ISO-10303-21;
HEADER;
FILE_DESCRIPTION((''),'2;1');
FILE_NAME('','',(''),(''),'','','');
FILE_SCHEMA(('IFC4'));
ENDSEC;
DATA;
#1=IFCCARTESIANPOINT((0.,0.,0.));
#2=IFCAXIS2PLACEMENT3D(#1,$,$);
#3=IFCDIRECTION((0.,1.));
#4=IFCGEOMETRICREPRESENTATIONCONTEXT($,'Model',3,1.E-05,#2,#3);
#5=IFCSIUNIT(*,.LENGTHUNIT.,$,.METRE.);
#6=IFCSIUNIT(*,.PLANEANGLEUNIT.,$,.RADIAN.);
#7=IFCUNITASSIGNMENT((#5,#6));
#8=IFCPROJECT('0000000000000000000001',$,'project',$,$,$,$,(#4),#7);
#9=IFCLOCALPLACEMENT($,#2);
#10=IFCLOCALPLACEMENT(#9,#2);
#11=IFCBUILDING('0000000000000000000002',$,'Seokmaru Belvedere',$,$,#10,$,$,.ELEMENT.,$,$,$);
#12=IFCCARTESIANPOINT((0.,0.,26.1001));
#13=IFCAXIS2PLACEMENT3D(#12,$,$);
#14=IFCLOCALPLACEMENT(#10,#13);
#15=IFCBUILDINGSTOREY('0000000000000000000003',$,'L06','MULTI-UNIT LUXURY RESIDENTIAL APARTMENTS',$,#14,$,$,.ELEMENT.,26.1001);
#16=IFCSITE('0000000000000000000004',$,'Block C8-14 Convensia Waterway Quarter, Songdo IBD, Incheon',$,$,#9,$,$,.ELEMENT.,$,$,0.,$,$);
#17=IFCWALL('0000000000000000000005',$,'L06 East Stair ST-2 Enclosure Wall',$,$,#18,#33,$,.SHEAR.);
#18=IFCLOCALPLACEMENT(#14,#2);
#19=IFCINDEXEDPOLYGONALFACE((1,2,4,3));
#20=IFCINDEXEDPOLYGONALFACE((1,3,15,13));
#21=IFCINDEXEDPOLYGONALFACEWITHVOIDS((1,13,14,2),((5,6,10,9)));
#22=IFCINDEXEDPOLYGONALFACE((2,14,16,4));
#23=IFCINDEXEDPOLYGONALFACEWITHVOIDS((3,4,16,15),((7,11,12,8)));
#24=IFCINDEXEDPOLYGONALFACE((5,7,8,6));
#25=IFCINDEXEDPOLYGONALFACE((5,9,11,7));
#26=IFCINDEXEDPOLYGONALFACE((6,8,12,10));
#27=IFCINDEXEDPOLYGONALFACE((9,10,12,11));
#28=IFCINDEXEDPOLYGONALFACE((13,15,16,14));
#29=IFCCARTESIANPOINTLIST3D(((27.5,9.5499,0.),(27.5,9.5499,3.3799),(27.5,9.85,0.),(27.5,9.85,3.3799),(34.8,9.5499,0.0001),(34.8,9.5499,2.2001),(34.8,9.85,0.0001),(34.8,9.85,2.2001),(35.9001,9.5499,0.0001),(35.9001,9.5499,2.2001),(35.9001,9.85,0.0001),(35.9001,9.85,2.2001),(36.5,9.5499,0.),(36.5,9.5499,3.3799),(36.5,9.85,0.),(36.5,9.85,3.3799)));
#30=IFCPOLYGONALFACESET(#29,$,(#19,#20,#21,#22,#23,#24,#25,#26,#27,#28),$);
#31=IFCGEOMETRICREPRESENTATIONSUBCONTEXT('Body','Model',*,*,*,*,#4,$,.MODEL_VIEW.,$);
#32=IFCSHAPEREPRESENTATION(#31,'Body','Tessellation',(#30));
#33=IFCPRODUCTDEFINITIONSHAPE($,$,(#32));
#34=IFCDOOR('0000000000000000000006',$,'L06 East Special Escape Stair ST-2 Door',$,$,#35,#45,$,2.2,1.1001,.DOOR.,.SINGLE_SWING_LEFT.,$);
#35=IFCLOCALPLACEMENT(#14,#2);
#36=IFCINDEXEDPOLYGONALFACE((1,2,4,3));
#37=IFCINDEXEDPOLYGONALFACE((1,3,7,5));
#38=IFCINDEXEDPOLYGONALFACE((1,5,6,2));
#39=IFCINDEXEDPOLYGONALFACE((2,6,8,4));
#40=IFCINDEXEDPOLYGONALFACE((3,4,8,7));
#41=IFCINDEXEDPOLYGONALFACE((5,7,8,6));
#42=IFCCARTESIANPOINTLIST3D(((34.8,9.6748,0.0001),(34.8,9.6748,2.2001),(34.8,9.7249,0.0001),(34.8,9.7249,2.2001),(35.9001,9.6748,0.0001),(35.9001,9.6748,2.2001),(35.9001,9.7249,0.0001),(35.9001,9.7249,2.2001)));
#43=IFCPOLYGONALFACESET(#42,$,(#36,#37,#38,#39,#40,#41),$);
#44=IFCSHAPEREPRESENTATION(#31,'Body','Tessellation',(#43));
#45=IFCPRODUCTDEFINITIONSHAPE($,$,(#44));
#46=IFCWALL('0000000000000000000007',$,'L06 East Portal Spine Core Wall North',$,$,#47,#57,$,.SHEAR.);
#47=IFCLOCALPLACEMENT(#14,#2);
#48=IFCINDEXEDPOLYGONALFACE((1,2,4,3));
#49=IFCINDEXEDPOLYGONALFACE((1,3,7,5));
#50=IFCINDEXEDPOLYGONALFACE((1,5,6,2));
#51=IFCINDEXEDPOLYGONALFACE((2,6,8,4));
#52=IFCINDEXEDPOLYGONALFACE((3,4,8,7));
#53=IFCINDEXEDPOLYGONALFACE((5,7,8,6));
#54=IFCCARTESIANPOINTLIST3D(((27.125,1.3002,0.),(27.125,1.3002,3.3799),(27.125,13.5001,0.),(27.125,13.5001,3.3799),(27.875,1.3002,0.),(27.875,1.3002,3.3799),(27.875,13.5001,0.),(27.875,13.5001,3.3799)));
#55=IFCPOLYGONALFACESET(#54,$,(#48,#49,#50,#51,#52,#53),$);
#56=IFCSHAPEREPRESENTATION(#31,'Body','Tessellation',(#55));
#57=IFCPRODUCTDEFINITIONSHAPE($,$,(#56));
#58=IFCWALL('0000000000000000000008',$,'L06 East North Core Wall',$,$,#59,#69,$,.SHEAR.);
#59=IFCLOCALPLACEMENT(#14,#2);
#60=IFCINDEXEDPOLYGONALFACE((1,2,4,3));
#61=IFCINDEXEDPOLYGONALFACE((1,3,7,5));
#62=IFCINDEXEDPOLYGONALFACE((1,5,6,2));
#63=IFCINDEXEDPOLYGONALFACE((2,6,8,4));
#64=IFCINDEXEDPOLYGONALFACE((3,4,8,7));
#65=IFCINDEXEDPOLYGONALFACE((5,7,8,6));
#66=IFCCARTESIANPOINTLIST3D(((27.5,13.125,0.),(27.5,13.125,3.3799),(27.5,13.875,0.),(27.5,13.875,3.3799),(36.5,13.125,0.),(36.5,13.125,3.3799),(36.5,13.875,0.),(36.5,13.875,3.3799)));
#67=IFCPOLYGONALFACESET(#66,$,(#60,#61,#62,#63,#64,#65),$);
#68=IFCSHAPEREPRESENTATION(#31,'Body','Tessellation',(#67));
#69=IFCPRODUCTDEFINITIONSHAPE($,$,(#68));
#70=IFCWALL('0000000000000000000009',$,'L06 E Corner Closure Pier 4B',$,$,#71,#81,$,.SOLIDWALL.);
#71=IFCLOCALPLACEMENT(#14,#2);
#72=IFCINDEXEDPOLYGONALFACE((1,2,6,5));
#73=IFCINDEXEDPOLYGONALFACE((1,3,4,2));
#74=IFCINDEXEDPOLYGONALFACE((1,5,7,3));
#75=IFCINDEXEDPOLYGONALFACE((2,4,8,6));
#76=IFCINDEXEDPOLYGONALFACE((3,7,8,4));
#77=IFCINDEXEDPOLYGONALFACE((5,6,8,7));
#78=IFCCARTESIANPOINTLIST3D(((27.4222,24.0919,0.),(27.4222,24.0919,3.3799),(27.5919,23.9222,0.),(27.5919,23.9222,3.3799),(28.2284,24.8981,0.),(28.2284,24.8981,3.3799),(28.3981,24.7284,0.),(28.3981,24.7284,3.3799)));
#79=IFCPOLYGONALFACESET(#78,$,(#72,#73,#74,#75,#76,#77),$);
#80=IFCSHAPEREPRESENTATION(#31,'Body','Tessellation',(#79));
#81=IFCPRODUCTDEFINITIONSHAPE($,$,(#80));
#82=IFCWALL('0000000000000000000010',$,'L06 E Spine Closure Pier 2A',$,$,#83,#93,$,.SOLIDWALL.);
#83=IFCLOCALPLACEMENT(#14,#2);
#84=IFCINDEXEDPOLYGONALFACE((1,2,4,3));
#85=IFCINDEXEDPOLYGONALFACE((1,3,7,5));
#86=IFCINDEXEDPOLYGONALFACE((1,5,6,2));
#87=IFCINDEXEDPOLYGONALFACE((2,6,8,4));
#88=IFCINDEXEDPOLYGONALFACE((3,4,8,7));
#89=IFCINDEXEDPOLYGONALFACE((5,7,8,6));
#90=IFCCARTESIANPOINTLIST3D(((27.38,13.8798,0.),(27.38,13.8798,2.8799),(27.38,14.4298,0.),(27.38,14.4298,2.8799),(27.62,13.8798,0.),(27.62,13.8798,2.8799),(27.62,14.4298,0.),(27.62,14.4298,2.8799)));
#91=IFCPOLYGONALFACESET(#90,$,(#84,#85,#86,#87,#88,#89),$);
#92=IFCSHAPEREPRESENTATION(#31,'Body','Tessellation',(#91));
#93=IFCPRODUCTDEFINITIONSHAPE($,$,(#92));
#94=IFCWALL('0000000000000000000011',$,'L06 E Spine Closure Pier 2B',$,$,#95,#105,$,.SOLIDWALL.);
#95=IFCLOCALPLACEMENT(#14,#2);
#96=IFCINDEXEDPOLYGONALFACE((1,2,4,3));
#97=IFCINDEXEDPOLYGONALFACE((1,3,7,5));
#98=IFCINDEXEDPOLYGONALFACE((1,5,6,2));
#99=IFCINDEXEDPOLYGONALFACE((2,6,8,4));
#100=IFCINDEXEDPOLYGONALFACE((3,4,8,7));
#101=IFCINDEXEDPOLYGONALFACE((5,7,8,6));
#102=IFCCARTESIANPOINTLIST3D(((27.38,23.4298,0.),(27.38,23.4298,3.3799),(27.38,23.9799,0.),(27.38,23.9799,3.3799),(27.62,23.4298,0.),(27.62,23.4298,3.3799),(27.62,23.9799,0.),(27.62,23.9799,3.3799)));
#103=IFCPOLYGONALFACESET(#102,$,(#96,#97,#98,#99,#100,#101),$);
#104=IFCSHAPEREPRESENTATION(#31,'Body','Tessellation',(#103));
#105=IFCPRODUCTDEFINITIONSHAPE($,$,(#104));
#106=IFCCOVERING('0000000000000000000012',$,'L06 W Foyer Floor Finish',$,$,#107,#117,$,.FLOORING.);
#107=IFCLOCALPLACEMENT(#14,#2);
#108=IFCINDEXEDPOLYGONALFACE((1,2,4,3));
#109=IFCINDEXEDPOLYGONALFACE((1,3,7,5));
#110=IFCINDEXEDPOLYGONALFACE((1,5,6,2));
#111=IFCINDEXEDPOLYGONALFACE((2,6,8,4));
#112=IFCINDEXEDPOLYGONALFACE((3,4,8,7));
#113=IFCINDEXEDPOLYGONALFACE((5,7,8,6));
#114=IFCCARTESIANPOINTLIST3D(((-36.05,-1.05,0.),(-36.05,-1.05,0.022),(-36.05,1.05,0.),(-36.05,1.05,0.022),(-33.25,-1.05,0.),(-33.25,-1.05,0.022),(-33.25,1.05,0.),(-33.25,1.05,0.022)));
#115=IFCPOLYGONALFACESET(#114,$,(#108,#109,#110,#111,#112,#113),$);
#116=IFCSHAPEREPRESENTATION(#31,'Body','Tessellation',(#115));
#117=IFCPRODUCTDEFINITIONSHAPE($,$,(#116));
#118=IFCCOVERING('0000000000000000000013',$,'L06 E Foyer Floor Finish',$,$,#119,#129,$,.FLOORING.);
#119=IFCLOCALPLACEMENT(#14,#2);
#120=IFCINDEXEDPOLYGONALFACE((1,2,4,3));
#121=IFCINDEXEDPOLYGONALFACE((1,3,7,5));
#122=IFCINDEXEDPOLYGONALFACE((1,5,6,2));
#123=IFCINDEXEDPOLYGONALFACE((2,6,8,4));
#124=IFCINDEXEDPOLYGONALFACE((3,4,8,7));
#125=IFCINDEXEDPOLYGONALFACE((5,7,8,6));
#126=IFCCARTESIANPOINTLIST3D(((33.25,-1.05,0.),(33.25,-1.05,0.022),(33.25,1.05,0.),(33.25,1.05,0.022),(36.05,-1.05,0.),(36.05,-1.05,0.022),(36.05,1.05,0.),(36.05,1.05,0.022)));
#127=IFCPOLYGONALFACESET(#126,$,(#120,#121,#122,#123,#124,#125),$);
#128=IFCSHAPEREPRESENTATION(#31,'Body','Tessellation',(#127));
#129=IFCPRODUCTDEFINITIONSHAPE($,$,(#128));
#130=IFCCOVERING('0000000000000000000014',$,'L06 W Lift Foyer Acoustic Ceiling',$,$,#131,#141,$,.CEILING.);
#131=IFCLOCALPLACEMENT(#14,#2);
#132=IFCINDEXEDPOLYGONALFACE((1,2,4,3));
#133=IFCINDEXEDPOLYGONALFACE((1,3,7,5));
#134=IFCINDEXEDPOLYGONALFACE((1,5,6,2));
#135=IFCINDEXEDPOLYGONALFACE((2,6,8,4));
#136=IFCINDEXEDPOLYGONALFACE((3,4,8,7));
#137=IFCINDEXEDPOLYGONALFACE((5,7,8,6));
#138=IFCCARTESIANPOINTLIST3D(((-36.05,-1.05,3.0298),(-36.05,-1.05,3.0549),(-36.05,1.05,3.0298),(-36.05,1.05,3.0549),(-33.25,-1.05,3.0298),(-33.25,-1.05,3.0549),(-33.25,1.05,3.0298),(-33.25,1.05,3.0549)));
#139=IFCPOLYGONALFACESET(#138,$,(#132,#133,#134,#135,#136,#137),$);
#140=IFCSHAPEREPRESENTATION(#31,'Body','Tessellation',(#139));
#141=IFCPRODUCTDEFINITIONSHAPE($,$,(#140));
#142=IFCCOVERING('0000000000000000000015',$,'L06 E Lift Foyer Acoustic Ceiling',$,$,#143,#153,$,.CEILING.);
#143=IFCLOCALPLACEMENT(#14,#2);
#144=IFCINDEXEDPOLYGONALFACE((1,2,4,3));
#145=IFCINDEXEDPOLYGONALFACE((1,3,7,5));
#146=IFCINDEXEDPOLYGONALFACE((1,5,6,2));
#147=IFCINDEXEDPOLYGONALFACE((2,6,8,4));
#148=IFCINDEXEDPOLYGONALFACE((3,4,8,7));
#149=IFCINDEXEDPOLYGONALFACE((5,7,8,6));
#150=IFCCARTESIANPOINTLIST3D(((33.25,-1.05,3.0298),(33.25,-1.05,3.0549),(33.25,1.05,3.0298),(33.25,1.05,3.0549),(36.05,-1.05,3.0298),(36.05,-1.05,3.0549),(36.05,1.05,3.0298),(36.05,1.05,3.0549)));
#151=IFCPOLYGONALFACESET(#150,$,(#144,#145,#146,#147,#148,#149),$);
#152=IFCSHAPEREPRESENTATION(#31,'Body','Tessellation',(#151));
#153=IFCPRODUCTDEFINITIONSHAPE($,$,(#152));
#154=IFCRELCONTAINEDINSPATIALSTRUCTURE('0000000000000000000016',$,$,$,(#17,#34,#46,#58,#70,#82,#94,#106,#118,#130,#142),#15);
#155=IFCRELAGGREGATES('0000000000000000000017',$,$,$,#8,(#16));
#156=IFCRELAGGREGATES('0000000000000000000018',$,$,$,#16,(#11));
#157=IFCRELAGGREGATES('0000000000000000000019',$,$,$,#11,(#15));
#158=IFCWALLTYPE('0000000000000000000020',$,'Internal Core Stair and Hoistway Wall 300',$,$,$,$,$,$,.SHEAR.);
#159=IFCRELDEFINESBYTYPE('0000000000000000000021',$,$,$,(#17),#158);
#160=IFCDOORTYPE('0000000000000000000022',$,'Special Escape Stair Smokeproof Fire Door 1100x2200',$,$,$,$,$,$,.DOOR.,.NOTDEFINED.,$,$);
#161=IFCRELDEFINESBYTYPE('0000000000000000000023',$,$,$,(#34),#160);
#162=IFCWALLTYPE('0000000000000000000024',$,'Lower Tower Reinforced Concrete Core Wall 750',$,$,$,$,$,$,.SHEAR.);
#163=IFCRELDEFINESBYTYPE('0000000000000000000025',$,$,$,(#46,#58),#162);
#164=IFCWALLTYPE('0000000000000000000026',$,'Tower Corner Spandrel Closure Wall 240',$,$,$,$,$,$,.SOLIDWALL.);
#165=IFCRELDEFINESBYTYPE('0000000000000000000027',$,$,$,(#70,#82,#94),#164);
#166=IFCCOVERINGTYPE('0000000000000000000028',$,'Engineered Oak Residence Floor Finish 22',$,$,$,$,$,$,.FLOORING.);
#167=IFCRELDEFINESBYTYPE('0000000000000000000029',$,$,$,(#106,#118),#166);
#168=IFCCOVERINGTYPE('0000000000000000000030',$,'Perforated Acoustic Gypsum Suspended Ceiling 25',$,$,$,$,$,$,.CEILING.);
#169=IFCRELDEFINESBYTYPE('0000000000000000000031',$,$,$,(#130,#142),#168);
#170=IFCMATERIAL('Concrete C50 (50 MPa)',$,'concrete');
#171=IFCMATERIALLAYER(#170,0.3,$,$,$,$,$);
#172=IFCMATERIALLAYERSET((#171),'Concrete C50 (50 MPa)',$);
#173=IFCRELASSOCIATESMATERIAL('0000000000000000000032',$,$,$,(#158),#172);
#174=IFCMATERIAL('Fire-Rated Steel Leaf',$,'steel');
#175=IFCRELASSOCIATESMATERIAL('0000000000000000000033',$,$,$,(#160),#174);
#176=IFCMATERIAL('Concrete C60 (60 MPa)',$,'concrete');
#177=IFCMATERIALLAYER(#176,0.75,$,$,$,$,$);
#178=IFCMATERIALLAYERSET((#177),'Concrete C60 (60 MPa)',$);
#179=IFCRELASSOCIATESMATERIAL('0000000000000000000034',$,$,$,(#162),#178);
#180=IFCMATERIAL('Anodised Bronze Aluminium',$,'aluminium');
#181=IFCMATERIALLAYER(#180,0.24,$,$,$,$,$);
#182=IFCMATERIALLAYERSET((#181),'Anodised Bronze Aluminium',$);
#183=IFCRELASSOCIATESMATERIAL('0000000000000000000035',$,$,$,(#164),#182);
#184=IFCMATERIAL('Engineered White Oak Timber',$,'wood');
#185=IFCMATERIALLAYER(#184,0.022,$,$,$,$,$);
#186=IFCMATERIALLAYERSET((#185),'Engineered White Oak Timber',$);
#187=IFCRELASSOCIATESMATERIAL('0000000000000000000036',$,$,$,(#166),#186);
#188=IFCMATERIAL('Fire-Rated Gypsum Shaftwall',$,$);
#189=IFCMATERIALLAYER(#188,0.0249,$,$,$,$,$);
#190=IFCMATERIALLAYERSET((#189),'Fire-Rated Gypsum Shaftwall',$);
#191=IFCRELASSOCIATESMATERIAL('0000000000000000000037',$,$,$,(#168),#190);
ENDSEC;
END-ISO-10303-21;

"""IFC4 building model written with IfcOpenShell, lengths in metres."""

from ifc_helpers import new_model, si_unit, direction, frame, frame_2d, origin, place, context, subcontext, project, spatial, polyline, rectangle, outline, extrude, source, transform, mapped, material, layer, layer_set, type_object, type_shapes, element, fill, save


model = new_model("IFC4")

# Units and contexts
model_context = context("Model", 3, precision=1e-05, world=origin(), true_north=direction((0.0, 1.0)))
body_context = subcontext(model_context, "Body", "Model", "MODEL_VIEW")
ifc_project = project(units=[si_unit("LENGTHUNIT", "METRE"), si_unit("PLANEANGLEUNIT", "RADIAN")], contexts=[model_context])

# Site, building, storey
site_placement = place(None, origin())
site = spatial("IfcSite", under=ifc_project, at=site_placement, Name="Block C8-14 Convensia Waterway Quarter, Songdo IBD, Incheon", CompositionType="ELEMENT", RefElevation=0.0)
building_placement = place(site_placement, origin())
building = spatial("IfcBuilding", under=site, at=building_placement, Name="Seokmaru Belvedere", CompositionType="ELEMENT")
storey_placement = place(building_placement, frame((0.0, 0.0, 26.1001)))
storey = spatial("IfcBuildingStorey", under=building, at=storey_placement, Name="L06", Description="MULTI-UNIT LUXURY RESIDENTIAL APARTMENTS", CompositionType="ELEMENT", Elevation=26.1001)

# Shared definitions
ifc_material_1 = material(Name="Anodised Bronze Aluminium", Category="aluminium")

# Shared definitions
ifc_material_2 = material(Name="Fire-Rated Gypsum Shaftwall")

# Shared definitions
ifc_material_3 = material(Name="Concrete C50 (50 MPa)", Category="concrete")

# Wall, opening, door
ifc_layer_1 = layer(ifc_material_3, 0.3)
ifc_layer_set_1 = layer_set([ifc_layer_1], Name="Concrete C50 (50 MPa)")
wall_type_1 = type_object("IfcWallType", Name="Internal Core Stair and Hoistway Wall 300", PredefinedType="SHEAR", material=ifc_layer_set_1)
wall_1_placement = place(storey_placement, frame((27.5, 9.7, 0.0), z_axis=(0.0, 0.0, 1.0), x_axis=(1.0, 0.0, 0.0)))
wall_1 = element("IfcWall", 1, at=wall_1_placement, inside=storey, type_object=wall_type_1, Name="L06 East Stair ST-2 Enclosure Wall", PredefinedType="SHEAR", context=body_context, shape_type="SweptSolid", body=[
    extrude(rectangle(XDim=9.0, YDim=0.3, at=frame_2d((4.5, 0.0))), origin(), (0.0, 0.0, 1.0), 3.3799),
])
opening_1_placement = place(wall_1_placement, frame((7.3, 0.0, 0.0)))
opening_1 = element("IfcOpeningElement", 2, at=opening_1_placement, cuts=wall_1, PredefinedType="OPENING", context=body_context, shape_type="SweptSolid", body=[
    extrude(rectangle(XDim=1.1001, YDim=2.2, at=frame_2d((0.55, 1.1001))), frame((0.0, 0.1602, 0.0), z_axis=(0.0, -1.0, 0.0), x_axis=(1.0, 0.0, 0.0)), (0.0, 0.0, 1.0), 0.3201),
])
ifc_material_4 = material(Name="Fire-Rated Steel Leaf", Category="steel")
door_type = type_object("IfcDoorType", Name="Special Escape Stair Smokeproof Fire Door 1100x2200", OperationType="NOTDEFINED", PredefinedType="DOOR", material=ifc_material_4)
shared_shape_1 = source(origin(), body_context, "Body", "SweptSolid", [
    extrude(rectangle(XDim=1.1001, YDim=2.2, at=frame_2d((0.55, 1.1001))), frame((0.0, 0.0249, 0.0), z_axis=(0.0, -1.0, 0.0), x_axis=(1.0, 0.0, 0.0)), (0.0, 0.0, 1.0), 0.05),
])
type_shapes(door_type, [shared_shape_1])
door_placement = place(opening_1_placement, origin())
door = element("IfcDoor", 3, at=door_placement, inside=storey, type_object=door_type, Name="L06 East Special Escape Stair ST-2 Door", OperationType="SINGLE_SWING_LEFT", OverallHeight=2.2, OverallWidth=1.1001, PredefinedType="DOOR", context=body_context, shape_type="MappedRepresentation", body=[
    mapped(shared_shape_1, transform((0.0, 0.0, 0.0), scale=1.0)),
])
fill(opening_1, door)

# Walls
ifc_material_5 = material(Name="Concrete C60 (60 MPa)", Category="concrete")
ifc_layer_2 = layer(ifc_material_5, 0.75)
ifc_layer_set_2 = layer_set([ifc_layer_2], Name="Concrete C60 (60 MPa)")
wall_type_2 = type_object("IfcWallType", Name="Lower Tower Reinforced Concrete Core Wall 750", PredefinedType="SHEAR", material=ifc_layer_set_2)
wall_2_placement = place(storey_placement, frame((27.5, 1.3, 0.0), z_axis=(0.0, 0.0, 1.0), x_axis=(0.0, 1.0, 0.0)))
element("IfcWall", 4, at=wall_2_placement, inside=storey, type_object=wall_type_2, Name="L06 East Portal Spine Core Wall North", PredefinedType="SHEAR", context=body_context, shape_type="SweptSolid", body=[
    extrude(rectangle(XDim=12.2, YDim=0.75, at=frame_2d((6.1001, 0.0))), origin(), (0.0, 0.0, 1.0), 3.3799),
])
wall_3_placement = place(storey_placement, frame((27.5, 13.5, 0.0), z_axis=(0.0, 0.0, 1.0), x_axis=(1.0, 0.0, 0.0)))
element("IfcWall", 5, at=wall_3_placement, inside=storey, type_object=wall_type_2, Name="L06 East North Core Wall", PredefinedType="SHEAR", context=body_context, shape_type="SweptSolid", body=[
    extrude(rectangle(XDim=9.0, YDim=0.75, at=frame_2d((4.5, 0.0))), origin(), (0.0, 0.0, 1.0), 3.3799),
])
ifc_layer_3 = layer(ifc_material_1, 0.24)
ifc_layer_set_3 = layer_set([ifc_layer_3], Name="Anodised Bronze Aluminium")
wall_type_3 = type_object("IfcWallType", Name="Tower Corner Spandrel Closure Wall 240", PredefinedType="SOLIDWALL", material=ifc_layer_set_3)
wall_4_placement = place(storey_placement, frame((28.3132, 24.8132, 0.0), z_axis=(0.0, 0.0, 1.0), x_axis=(-0.707107, -0.707107, 0.0)))
element("IfcWall", 6, at=wall_4_placement, inside=storey, type_object=wall_type_3, Name="L06 E Corner Closure Pier 4B", PredefinedType="SOLIDWALL", context=body_context, shape_type="SweptSolid", body=[
    extrude(rectangle(XDim=1.1401, YDim=0.24, at=frame_2d((0.5701, 0.0))), origin(), (0.0, 0.0, 1.0), 3.3799),
])
wall_5_placement = place(storey_placement, frame((27.5, 13.8799, 0.0), z_axis=(0.0, 0.0, 1.0), x_axis=(0.0, 1.0, 0.0)))
element("IfcWall", 7, at=wall_5_placement, inside=storey, type_object=wall_type_3, Name="L06 E Spine Closure Pier 2A", PredefinedType="SOLIDWALL", context=body_context, shape_type="SweptSolid", body=[
    extrude(rectangle(XDim=0.55, YDim=0.24, at=frame_2d((0.2749, 0.0))), origin(), (0.0, 0.0, 1.0), 2.8799),
])
wall_6_placement = place(storey_placement, frame((27.5, 23.4299, 0.0), z_axis=(0.0, 0.0, 1.0), x_axis=(0.0, 1.0, 0.0)))
element("IfcWall", 8, at=wall_6_placement, inside=storey, type_object=wall_type_3, Name="L06 E Spine Closure Pier 2B", PredefinedType="SOLIDWALL", context=body_context, shape_type="SweptSolid", body=[
    extrude(rectangle(XDim=0.55, YDim=0.24, at=frame_2d((0.2749, 0.0))), origin(), (0.0, 0.0, 1.0), 3.3799),
])

# Coverings
ifc_material_6 = material(Name="Engineered White Oak Timber", Category="wood")
ifc_layer_4 = layer(ifc_material_6, 0.022)
ifc_layer_set_4 = layer_set([ifc_layer_4], Name="Engineered White Oak Timber")
covering_type_1 = type_object("IfcCoveringType", Name="Engineered Oak Residence Floor Finish 22", PredefinedType="FLOORING", material=ifc_layer_set_4)
covering_1_placement = place(storey_placement, origin())
element("IfcCovering", 9, at=covering_1_placement, inside=storey, type_object=covering_type_1, Name="L06 W Foyer Floor Finish", PredefinedType="FLOORING", context=body_context, shape_type="SweptSolid", body=[
    extrude(outline(polyline([(-36.05, -1.05), (-33.25, -1.05), (-33.25, 1.05), (-36.05, 1.05), (-36.05, -1.05)])), origin(), (0.0, 0.0, 1.0), 0.022),
])
covering_2_placement = place(storey_placement, origin())
element("IfcCovering", 10, at=covering_2_placement, inside=storey, type_object=covering_type_1, Name="L06 E Foyer Floor Finish", PredefinedType="FLOORING", context=body_context, shape_type="SweptSolid", body=[
    extrude(outline(polyline([(33.25, -1.05), (36.05, -1.05), (36.05, 1.05), (33.25, 1.05), (33.25, -1.05)])), origin(), (0.0, 0.0, 1.0), 0.022),
])
ifc_layer_5 = layer(ifc_material_2, 0.0249)
ifc_layer_set_5 = layer_set([ifc_layer_5], Name="Fire-Rated Gypsum Shaftwall")
covering_type_2 = type_object("IfcCoveringType", Name="Perforated Acoustic Gypsum Suspended Ceiling 25", PredefinedType="CEILING", material=ifc_layer_set_5)
covering_3_placement = place(storey_placement, frame((0.0, 0.0, 3.0298)))
element("IfcCovering", 11, at=covering_3_placement, inside=storey, type_object=covering_type_2, Name="L06 W Lift Foyer Acoustic Ceiling", PredefinedType="CEILING", context=body_context, shape_type="SweptSolid", body=[
    extrude(outline(polyline([(-36.05, -1.05), (-33.25, -1.05), (-33.25, 1.05), (-36.05, 1.05), (-36.05, -1.05)])), origin(), (0.0, 0.0, 1.0), 0.0251),
])
covering_4_placement = place(storey_placement, frame((0.0, 0.0, 3.0298)))
element("IfcCovering", 12, at=covering_4_placement, inside=storey, type_object=covering_type_2, Name="L06 E Lift Foyer Acoustic Ceiling", PredefinedType="CEILING", context=body_context, shape_type="SweptSolid", body=[
    extrude(outline(polyline([(33.25, -1.05), (36.05, -1.05), (36.05, 1.05), (33.25, 1.05), (33.25, -1.05)])), origin(), (0.0, 0.0, 1.0), 0.0251),
])

save(model, "model.ifc")
